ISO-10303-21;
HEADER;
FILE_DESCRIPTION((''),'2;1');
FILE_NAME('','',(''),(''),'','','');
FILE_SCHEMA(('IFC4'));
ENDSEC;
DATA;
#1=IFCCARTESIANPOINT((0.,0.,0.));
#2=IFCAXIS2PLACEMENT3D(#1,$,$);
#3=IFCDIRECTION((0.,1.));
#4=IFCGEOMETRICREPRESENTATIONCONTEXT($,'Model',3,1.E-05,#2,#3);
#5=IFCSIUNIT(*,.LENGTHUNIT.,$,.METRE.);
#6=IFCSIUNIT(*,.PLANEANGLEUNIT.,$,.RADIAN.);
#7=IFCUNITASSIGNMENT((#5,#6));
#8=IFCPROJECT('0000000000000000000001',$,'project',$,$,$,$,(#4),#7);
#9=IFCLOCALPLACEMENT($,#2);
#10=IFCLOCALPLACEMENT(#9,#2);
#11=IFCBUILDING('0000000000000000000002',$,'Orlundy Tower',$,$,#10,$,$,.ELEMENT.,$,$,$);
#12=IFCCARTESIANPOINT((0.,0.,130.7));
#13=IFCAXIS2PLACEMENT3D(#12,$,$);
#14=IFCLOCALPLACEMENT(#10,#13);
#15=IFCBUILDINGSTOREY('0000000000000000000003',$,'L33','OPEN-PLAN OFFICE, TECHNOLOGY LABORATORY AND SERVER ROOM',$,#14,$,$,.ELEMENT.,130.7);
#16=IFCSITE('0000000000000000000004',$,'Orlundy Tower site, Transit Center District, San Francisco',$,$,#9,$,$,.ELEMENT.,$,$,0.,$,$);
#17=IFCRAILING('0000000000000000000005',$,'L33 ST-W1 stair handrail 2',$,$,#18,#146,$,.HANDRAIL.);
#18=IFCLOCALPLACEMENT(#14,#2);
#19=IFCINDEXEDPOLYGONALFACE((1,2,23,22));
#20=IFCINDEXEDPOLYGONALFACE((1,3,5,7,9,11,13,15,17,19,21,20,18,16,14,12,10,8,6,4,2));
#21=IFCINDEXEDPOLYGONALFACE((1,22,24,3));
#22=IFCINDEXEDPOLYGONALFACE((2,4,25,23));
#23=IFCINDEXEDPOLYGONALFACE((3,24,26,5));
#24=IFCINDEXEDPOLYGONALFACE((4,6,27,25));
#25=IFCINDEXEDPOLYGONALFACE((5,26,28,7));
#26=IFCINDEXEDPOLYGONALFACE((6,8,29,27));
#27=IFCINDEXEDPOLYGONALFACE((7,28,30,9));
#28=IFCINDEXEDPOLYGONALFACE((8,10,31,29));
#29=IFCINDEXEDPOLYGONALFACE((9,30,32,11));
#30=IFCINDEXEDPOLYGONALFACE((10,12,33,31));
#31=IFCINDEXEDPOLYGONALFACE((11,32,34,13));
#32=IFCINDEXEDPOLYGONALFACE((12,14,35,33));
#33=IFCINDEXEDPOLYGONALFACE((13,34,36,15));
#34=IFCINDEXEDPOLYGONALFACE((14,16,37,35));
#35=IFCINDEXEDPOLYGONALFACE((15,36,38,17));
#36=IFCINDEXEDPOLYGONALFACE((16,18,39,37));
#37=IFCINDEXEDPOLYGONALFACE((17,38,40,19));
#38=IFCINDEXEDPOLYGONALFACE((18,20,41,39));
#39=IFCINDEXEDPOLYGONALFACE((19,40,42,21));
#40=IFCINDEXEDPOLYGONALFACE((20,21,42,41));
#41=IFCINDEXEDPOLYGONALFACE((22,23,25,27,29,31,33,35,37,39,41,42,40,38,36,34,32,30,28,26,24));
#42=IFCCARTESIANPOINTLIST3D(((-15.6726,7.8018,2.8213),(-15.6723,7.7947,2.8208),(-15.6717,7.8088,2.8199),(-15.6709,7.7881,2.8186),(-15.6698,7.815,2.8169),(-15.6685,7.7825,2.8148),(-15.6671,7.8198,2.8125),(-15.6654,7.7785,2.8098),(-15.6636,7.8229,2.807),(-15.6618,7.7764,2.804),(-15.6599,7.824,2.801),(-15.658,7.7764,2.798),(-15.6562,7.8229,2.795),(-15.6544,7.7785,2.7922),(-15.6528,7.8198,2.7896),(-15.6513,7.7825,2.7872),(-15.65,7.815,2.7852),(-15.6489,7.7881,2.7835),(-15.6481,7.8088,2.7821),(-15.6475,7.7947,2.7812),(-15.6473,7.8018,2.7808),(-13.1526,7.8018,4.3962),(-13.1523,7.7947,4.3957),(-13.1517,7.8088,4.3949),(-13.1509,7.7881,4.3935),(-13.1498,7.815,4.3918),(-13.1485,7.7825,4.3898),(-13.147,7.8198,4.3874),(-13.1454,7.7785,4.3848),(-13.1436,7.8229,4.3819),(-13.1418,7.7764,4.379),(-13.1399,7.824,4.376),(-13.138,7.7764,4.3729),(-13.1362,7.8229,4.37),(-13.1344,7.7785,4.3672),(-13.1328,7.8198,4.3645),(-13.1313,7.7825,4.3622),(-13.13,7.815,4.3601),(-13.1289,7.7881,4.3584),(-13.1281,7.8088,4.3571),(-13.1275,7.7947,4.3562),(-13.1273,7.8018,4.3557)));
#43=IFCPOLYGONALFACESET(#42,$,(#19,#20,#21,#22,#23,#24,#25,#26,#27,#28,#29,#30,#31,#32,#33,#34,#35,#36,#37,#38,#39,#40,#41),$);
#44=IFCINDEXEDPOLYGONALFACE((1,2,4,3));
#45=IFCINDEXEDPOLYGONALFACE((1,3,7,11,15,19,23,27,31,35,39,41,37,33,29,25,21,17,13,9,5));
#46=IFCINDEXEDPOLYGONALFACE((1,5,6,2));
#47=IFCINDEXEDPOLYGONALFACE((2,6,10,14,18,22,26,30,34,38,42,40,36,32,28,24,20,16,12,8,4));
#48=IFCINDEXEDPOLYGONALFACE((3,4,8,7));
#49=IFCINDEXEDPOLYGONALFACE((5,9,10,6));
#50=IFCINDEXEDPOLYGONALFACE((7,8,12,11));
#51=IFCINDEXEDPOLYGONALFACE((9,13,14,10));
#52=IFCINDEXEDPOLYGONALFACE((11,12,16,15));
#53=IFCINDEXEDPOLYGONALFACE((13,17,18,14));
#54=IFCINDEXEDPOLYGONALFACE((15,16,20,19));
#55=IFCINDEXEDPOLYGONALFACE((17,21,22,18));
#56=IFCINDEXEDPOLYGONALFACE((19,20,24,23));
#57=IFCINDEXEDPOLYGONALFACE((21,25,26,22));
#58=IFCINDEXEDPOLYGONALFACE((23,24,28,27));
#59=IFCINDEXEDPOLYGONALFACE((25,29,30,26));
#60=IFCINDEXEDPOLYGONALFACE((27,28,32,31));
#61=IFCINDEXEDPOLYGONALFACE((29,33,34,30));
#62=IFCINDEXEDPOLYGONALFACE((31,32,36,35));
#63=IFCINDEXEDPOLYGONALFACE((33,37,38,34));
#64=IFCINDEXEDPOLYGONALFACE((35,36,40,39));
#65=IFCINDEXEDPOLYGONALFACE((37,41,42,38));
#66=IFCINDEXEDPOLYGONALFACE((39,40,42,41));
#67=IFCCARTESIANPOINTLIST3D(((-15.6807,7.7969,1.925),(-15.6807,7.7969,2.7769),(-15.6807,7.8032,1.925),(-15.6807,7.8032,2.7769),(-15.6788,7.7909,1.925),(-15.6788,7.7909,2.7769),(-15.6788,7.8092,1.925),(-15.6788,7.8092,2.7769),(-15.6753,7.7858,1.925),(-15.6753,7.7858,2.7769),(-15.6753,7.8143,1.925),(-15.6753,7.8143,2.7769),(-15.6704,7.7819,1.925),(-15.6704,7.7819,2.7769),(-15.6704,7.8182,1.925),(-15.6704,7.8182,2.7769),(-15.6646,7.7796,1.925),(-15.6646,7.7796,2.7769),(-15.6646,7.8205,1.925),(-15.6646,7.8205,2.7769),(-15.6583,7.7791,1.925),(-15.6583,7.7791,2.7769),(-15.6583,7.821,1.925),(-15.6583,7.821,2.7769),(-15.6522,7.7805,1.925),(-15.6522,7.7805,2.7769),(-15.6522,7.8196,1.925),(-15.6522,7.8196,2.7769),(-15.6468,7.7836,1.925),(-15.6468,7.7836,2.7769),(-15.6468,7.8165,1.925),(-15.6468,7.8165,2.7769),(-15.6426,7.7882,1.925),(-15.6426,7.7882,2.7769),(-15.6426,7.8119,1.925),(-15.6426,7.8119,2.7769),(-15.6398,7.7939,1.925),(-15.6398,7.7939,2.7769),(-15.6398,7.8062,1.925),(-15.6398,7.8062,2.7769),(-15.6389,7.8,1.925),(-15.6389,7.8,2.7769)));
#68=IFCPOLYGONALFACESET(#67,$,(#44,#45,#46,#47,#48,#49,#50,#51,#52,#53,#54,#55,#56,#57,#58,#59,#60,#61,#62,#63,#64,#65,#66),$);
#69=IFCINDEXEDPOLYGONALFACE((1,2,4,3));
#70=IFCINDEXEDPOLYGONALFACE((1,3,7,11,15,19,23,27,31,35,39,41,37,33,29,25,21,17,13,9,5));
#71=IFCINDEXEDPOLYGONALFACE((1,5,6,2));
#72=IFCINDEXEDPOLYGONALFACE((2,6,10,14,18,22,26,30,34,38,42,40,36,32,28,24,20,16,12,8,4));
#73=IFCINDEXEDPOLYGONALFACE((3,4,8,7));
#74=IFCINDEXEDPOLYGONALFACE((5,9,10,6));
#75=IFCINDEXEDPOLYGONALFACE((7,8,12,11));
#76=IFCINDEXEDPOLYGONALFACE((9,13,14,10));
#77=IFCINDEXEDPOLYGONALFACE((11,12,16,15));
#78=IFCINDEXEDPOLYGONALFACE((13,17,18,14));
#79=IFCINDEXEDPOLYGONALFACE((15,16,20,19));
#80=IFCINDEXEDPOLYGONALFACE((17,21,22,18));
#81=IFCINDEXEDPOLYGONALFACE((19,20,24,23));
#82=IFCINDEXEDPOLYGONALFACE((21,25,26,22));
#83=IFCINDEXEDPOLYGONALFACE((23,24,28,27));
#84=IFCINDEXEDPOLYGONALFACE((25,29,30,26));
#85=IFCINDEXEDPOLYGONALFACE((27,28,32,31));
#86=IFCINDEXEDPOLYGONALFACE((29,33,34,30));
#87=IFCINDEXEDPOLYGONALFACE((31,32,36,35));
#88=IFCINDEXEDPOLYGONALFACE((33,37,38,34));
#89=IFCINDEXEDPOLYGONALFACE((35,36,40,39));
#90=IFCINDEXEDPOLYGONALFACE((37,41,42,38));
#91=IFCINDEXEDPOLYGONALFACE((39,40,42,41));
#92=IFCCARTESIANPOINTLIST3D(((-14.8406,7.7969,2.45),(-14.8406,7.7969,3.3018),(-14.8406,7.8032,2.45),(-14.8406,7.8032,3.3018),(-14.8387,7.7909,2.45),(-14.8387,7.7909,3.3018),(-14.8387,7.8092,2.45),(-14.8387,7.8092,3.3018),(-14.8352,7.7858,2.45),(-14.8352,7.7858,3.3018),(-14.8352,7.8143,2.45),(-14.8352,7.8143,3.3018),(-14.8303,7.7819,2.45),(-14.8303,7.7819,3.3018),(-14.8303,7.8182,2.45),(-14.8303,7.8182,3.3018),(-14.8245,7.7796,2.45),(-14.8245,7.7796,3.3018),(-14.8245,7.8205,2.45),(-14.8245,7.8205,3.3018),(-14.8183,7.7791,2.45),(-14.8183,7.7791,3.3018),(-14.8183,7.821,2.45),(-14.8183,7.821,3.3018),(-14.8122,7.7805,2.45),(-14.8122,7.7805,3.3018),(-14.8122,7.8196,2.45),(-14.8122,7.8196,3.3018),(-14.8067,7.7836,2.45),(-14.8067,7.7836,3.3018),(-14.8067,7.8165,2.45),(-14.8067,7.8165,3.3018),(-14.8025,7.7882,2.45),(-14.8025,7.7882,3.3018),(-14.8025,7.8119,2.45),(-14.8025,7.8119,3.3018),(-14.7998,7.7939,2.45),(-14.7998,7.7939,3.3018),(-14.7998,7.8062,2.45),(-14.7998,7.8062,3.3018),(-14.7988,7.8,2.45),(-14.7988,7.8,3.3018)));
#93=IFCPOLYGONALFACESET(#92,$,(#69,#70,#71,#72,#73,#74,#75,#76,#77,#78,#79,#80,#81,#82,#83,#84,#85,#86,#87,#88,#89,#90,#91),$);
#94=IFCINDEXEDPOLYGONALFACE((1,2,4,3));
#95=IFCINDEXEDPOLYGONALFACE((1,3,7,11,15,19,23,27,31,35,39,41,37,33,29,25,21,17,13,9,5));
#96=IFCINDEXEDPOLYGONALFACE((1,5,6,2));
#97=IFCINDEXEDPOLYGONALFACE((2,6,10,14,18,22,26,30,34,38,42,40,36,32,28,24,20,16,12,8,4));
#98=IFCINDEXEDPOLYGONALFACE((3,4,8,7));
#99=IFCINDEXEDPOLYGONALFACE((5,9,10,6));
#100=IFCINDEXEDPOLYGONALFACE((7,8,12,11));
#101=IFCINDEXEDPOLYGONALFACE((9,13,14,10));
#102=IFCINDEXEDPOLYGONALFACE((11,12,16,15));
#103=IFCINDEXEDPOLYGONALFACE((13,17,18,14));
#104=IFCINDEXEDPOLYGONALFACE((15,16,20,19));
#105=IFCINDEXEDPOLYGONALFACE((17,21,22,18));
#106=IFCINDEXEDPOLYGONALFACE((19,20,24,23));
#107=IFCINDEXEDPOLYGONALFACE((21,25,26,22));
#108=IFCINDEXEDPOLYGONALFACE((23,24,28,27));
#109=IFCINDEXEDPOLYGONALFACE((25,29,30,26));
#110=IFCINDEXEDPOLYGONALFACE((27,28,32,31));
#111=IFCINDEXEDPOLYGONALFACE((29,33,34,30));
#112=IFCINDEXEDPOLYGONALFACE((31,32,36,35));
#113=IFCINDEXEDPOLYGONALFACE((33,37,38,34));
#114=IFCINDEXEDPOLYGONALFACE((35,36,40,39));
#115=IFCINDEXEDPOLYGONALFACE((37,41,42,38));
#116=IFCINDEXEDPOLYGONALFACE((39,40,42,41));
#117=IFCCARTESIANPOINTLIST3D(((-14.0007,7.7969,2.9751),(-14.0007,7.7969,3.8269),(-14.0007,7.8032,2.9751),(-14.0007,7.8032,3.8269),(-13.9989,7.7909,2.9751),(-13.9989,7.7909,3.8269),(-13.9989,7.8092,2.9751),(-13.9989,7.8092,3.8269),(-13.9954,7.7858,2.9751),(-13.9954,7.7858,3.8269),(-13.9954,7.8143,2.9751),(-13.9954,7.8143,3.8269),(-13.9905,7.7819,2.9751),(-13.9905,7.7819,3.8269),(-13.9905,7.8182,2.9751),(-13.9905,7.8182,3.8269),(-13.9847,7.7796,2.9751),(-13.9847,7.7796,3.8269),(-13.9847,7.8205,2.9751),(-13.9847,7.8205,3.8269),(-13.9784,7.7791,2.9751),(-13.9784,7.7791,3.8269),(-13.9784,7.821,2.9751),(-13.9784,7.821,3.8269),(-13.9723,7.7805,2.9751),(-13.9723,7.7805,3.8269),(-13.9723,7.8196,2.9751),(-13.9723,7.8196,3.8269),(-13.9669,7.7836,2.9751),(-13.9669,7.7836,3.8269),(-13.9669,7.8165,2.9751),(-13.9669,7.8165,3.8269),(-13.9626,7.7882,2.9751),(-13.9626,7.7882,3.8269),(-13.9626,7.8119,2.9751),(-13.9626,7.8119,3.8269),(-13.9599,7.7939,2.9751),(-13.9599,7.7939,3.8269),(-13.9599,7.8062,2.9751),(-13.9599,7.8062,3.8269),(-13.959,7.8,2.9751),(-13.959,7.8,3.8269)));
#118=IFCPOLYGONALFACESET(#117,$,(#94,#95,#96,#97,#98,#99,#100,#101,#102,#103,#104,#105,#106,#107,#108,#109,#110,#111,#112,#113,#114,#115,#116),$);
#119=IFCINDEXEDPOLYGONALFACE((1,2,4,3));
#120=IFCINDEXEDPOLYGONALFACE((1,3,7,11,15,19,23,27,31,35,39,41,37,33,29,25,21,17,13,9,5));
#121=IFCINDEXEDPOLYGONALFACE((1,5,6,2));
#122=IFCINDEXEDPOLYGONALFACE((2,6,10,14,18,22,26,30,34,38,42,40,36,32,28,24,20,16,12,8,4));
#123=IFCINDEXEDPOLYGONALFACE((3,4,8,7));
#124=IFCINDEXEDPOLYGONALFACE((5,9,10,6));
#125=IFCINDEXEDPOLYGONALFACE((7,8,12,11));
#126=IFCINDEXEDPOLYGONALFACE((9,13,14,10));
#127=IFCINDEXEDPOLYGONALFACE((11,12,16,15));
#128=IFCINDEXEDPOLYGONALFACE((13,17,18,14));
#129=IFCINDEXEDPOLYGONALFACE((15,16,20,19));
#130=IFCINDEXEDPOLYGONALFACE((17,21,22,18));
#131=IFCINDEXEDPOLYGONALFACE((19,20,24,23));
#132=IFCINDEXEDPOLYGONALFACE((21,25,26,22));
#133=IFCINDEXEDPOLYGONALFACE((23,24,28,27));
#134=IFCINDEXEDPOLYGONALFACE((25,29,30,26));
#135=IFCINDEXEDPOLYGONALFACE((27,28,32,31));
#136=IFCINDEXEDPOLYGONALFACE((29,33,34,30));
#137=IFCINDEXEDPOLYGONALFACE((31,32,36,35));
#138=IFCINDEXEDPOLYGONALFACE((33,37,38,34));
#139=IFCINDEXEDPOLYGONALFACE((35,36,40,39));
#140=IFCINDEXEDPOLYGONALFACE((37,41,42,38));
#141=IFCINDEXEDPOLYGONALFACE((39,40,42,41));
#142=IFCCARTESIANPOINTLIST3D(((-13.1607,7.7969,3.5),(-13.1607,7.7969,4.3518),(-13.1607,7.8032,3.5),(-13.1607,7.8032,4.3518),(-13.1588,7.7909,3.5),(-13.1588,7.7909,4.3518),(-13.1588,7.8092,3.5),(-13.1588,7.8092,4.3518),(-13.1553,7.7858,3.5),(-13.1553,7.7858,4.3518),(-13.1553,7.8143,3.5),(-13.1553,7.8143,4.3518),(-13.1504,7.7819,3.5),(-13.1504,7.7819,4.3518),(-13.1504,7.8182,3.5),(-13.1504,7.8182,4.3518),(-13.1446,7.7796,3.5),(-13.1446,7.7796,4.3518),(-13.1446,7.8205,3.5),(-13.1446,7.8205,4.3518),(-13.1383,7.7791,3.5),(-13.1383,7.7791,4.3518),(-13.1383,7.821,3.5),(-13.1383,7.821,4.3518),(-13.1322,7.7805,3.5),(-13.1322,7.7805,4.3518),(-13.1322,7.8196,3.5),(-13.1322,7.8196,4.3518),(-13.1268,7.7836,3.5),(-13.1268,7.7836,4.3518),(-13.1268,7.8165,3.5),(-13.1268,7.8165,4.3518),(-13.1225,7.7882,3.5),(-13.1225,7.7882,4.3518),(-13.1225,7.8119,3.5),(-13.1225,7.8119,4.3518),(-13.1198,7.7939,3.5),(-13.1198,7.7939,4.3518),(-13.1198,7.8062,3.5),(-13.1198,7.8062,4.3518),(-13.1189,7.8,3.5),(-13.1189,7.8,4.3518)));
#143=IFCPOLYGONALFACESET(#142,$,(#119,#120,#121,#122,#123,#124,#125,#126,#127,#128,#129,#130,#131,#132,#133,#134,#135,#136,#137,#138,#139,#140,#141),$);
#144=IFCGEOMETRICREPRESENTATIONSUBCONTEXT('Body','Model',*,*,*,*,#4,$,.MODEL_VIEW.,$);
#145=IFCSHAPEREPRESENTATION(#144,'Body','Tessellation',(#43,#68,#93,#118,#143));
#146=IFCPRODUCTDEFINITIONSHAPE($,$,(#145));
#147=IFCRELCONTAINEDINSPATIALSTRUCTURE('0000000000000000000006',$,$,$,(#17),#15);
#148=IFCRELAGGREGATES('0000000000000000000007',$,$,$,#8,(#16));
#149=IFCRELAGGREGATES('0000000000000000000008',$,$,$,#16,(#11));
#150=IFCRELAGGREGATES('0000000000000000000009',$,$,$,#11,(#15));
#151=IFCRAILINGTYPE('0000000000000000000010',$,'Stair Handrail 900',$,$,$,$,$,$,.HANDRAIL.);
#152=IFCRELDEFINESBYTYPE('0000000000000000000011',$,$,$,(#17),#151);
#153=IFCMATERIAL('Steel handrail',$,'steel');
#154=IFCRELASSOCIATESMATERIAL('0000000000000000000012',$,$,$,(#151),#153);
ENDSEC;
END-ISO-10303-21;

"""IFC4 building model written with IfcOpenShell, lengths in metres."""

from ifc_helpers import new_model, si_unit, direction, frame, origin, origin_2d, place, context, subcontext, project, spatial, circle, extrude, material, type_object, element, save


model = new_model("IFC4")

# Units and contexts
model_context = context("Model", 3, precision=1e-05, world=origin(), true_north=direction((0.0, 1.0)))
body_context = subcontext(model_context, "Body", "Model", "MODEL_VIEW")
ifc_project = project(units=[si_unit("LENGTHUNIT", "METRE"), si_unit("PLANEANGLEUNIT", "RADIAN")], contexts=[model_context])

# Site, building, storey
site_placement = place(None, origin())
site = spatial("IfcSite", under=ifc_project, at=site_placement, Name="Orlundy Tower site, Transit Center District, San Francisco", CompositionType="ELEMENT", RefElevation=0.0)
building_placement = place(site_placement, origin())
building = spatial("IfcBuilding", under=site, at=building_placement, Name="Orlundy Tower", CompositionType="ELEMENT")
storey_placement = place(building_placement, frame((0.0, 0.0, 130.7)))
storey = spatial("IfcBuildingStorey", under=building, at=storey_placement, Name="L33", Description="OPEN-PLAN OFFICE, TECHNOLOGY LABORATORY AND SERVER ROOM", CompositionType="ELEMENT", Elevation=130.7)

# Railing
ifc_material_1 = material(Name="Steel handrail", Category="steel")
railing_type_1 = type_object("IfcRailingType", Name="Stair Handrail 900", PredefinedType="HANDRAIL", material=ifc_material_1)
railing_1_placement = place(storey_placement, frame((-15.6599, 7.8, 1.925)))
element("IfcRailing", 1, at=railing_1_placement, inside=storey, type_object=railing_type_1, Name="L33 ST-W1 stair handrail 2", PredefinedType="HANDRAIL", context=body_context, shape_type="SweptSolid", body=[
    extrude(circle(Radius=0.0239, at=origin_2d()), frame((0.0, 0.0, 0.876), z_axis=(0.848008, 0.0, 0.529984), x_axis=(0.0, 1.0, 0.0)), (0.0, 0.0, 1.0), 2.9717),
    extrude(circle(Radius=0.021, at=origin_2d()), origin(), (0.0, 0.0, 1.0), 0.8518),
    extrude(circle(Radius=0.021, at=origin_2d()), frame((0.8401, 0.0, 0.5249)), (0.0, 0.0, 1.0), 0.8518),
    extrude(circle(Radius=0.021, at=origin_2d()), frame((1.6799, 0.0, 1.05)), (0.0, 0.0, 1.0), 0.8518),
    extrude(circle(Radius=0.021, at=origin_2d()), frame((2.52, 0.0, 1.575)), (0.0, 0.0, 1.0), 0.8518),
])

save(model, "model.ifc")
